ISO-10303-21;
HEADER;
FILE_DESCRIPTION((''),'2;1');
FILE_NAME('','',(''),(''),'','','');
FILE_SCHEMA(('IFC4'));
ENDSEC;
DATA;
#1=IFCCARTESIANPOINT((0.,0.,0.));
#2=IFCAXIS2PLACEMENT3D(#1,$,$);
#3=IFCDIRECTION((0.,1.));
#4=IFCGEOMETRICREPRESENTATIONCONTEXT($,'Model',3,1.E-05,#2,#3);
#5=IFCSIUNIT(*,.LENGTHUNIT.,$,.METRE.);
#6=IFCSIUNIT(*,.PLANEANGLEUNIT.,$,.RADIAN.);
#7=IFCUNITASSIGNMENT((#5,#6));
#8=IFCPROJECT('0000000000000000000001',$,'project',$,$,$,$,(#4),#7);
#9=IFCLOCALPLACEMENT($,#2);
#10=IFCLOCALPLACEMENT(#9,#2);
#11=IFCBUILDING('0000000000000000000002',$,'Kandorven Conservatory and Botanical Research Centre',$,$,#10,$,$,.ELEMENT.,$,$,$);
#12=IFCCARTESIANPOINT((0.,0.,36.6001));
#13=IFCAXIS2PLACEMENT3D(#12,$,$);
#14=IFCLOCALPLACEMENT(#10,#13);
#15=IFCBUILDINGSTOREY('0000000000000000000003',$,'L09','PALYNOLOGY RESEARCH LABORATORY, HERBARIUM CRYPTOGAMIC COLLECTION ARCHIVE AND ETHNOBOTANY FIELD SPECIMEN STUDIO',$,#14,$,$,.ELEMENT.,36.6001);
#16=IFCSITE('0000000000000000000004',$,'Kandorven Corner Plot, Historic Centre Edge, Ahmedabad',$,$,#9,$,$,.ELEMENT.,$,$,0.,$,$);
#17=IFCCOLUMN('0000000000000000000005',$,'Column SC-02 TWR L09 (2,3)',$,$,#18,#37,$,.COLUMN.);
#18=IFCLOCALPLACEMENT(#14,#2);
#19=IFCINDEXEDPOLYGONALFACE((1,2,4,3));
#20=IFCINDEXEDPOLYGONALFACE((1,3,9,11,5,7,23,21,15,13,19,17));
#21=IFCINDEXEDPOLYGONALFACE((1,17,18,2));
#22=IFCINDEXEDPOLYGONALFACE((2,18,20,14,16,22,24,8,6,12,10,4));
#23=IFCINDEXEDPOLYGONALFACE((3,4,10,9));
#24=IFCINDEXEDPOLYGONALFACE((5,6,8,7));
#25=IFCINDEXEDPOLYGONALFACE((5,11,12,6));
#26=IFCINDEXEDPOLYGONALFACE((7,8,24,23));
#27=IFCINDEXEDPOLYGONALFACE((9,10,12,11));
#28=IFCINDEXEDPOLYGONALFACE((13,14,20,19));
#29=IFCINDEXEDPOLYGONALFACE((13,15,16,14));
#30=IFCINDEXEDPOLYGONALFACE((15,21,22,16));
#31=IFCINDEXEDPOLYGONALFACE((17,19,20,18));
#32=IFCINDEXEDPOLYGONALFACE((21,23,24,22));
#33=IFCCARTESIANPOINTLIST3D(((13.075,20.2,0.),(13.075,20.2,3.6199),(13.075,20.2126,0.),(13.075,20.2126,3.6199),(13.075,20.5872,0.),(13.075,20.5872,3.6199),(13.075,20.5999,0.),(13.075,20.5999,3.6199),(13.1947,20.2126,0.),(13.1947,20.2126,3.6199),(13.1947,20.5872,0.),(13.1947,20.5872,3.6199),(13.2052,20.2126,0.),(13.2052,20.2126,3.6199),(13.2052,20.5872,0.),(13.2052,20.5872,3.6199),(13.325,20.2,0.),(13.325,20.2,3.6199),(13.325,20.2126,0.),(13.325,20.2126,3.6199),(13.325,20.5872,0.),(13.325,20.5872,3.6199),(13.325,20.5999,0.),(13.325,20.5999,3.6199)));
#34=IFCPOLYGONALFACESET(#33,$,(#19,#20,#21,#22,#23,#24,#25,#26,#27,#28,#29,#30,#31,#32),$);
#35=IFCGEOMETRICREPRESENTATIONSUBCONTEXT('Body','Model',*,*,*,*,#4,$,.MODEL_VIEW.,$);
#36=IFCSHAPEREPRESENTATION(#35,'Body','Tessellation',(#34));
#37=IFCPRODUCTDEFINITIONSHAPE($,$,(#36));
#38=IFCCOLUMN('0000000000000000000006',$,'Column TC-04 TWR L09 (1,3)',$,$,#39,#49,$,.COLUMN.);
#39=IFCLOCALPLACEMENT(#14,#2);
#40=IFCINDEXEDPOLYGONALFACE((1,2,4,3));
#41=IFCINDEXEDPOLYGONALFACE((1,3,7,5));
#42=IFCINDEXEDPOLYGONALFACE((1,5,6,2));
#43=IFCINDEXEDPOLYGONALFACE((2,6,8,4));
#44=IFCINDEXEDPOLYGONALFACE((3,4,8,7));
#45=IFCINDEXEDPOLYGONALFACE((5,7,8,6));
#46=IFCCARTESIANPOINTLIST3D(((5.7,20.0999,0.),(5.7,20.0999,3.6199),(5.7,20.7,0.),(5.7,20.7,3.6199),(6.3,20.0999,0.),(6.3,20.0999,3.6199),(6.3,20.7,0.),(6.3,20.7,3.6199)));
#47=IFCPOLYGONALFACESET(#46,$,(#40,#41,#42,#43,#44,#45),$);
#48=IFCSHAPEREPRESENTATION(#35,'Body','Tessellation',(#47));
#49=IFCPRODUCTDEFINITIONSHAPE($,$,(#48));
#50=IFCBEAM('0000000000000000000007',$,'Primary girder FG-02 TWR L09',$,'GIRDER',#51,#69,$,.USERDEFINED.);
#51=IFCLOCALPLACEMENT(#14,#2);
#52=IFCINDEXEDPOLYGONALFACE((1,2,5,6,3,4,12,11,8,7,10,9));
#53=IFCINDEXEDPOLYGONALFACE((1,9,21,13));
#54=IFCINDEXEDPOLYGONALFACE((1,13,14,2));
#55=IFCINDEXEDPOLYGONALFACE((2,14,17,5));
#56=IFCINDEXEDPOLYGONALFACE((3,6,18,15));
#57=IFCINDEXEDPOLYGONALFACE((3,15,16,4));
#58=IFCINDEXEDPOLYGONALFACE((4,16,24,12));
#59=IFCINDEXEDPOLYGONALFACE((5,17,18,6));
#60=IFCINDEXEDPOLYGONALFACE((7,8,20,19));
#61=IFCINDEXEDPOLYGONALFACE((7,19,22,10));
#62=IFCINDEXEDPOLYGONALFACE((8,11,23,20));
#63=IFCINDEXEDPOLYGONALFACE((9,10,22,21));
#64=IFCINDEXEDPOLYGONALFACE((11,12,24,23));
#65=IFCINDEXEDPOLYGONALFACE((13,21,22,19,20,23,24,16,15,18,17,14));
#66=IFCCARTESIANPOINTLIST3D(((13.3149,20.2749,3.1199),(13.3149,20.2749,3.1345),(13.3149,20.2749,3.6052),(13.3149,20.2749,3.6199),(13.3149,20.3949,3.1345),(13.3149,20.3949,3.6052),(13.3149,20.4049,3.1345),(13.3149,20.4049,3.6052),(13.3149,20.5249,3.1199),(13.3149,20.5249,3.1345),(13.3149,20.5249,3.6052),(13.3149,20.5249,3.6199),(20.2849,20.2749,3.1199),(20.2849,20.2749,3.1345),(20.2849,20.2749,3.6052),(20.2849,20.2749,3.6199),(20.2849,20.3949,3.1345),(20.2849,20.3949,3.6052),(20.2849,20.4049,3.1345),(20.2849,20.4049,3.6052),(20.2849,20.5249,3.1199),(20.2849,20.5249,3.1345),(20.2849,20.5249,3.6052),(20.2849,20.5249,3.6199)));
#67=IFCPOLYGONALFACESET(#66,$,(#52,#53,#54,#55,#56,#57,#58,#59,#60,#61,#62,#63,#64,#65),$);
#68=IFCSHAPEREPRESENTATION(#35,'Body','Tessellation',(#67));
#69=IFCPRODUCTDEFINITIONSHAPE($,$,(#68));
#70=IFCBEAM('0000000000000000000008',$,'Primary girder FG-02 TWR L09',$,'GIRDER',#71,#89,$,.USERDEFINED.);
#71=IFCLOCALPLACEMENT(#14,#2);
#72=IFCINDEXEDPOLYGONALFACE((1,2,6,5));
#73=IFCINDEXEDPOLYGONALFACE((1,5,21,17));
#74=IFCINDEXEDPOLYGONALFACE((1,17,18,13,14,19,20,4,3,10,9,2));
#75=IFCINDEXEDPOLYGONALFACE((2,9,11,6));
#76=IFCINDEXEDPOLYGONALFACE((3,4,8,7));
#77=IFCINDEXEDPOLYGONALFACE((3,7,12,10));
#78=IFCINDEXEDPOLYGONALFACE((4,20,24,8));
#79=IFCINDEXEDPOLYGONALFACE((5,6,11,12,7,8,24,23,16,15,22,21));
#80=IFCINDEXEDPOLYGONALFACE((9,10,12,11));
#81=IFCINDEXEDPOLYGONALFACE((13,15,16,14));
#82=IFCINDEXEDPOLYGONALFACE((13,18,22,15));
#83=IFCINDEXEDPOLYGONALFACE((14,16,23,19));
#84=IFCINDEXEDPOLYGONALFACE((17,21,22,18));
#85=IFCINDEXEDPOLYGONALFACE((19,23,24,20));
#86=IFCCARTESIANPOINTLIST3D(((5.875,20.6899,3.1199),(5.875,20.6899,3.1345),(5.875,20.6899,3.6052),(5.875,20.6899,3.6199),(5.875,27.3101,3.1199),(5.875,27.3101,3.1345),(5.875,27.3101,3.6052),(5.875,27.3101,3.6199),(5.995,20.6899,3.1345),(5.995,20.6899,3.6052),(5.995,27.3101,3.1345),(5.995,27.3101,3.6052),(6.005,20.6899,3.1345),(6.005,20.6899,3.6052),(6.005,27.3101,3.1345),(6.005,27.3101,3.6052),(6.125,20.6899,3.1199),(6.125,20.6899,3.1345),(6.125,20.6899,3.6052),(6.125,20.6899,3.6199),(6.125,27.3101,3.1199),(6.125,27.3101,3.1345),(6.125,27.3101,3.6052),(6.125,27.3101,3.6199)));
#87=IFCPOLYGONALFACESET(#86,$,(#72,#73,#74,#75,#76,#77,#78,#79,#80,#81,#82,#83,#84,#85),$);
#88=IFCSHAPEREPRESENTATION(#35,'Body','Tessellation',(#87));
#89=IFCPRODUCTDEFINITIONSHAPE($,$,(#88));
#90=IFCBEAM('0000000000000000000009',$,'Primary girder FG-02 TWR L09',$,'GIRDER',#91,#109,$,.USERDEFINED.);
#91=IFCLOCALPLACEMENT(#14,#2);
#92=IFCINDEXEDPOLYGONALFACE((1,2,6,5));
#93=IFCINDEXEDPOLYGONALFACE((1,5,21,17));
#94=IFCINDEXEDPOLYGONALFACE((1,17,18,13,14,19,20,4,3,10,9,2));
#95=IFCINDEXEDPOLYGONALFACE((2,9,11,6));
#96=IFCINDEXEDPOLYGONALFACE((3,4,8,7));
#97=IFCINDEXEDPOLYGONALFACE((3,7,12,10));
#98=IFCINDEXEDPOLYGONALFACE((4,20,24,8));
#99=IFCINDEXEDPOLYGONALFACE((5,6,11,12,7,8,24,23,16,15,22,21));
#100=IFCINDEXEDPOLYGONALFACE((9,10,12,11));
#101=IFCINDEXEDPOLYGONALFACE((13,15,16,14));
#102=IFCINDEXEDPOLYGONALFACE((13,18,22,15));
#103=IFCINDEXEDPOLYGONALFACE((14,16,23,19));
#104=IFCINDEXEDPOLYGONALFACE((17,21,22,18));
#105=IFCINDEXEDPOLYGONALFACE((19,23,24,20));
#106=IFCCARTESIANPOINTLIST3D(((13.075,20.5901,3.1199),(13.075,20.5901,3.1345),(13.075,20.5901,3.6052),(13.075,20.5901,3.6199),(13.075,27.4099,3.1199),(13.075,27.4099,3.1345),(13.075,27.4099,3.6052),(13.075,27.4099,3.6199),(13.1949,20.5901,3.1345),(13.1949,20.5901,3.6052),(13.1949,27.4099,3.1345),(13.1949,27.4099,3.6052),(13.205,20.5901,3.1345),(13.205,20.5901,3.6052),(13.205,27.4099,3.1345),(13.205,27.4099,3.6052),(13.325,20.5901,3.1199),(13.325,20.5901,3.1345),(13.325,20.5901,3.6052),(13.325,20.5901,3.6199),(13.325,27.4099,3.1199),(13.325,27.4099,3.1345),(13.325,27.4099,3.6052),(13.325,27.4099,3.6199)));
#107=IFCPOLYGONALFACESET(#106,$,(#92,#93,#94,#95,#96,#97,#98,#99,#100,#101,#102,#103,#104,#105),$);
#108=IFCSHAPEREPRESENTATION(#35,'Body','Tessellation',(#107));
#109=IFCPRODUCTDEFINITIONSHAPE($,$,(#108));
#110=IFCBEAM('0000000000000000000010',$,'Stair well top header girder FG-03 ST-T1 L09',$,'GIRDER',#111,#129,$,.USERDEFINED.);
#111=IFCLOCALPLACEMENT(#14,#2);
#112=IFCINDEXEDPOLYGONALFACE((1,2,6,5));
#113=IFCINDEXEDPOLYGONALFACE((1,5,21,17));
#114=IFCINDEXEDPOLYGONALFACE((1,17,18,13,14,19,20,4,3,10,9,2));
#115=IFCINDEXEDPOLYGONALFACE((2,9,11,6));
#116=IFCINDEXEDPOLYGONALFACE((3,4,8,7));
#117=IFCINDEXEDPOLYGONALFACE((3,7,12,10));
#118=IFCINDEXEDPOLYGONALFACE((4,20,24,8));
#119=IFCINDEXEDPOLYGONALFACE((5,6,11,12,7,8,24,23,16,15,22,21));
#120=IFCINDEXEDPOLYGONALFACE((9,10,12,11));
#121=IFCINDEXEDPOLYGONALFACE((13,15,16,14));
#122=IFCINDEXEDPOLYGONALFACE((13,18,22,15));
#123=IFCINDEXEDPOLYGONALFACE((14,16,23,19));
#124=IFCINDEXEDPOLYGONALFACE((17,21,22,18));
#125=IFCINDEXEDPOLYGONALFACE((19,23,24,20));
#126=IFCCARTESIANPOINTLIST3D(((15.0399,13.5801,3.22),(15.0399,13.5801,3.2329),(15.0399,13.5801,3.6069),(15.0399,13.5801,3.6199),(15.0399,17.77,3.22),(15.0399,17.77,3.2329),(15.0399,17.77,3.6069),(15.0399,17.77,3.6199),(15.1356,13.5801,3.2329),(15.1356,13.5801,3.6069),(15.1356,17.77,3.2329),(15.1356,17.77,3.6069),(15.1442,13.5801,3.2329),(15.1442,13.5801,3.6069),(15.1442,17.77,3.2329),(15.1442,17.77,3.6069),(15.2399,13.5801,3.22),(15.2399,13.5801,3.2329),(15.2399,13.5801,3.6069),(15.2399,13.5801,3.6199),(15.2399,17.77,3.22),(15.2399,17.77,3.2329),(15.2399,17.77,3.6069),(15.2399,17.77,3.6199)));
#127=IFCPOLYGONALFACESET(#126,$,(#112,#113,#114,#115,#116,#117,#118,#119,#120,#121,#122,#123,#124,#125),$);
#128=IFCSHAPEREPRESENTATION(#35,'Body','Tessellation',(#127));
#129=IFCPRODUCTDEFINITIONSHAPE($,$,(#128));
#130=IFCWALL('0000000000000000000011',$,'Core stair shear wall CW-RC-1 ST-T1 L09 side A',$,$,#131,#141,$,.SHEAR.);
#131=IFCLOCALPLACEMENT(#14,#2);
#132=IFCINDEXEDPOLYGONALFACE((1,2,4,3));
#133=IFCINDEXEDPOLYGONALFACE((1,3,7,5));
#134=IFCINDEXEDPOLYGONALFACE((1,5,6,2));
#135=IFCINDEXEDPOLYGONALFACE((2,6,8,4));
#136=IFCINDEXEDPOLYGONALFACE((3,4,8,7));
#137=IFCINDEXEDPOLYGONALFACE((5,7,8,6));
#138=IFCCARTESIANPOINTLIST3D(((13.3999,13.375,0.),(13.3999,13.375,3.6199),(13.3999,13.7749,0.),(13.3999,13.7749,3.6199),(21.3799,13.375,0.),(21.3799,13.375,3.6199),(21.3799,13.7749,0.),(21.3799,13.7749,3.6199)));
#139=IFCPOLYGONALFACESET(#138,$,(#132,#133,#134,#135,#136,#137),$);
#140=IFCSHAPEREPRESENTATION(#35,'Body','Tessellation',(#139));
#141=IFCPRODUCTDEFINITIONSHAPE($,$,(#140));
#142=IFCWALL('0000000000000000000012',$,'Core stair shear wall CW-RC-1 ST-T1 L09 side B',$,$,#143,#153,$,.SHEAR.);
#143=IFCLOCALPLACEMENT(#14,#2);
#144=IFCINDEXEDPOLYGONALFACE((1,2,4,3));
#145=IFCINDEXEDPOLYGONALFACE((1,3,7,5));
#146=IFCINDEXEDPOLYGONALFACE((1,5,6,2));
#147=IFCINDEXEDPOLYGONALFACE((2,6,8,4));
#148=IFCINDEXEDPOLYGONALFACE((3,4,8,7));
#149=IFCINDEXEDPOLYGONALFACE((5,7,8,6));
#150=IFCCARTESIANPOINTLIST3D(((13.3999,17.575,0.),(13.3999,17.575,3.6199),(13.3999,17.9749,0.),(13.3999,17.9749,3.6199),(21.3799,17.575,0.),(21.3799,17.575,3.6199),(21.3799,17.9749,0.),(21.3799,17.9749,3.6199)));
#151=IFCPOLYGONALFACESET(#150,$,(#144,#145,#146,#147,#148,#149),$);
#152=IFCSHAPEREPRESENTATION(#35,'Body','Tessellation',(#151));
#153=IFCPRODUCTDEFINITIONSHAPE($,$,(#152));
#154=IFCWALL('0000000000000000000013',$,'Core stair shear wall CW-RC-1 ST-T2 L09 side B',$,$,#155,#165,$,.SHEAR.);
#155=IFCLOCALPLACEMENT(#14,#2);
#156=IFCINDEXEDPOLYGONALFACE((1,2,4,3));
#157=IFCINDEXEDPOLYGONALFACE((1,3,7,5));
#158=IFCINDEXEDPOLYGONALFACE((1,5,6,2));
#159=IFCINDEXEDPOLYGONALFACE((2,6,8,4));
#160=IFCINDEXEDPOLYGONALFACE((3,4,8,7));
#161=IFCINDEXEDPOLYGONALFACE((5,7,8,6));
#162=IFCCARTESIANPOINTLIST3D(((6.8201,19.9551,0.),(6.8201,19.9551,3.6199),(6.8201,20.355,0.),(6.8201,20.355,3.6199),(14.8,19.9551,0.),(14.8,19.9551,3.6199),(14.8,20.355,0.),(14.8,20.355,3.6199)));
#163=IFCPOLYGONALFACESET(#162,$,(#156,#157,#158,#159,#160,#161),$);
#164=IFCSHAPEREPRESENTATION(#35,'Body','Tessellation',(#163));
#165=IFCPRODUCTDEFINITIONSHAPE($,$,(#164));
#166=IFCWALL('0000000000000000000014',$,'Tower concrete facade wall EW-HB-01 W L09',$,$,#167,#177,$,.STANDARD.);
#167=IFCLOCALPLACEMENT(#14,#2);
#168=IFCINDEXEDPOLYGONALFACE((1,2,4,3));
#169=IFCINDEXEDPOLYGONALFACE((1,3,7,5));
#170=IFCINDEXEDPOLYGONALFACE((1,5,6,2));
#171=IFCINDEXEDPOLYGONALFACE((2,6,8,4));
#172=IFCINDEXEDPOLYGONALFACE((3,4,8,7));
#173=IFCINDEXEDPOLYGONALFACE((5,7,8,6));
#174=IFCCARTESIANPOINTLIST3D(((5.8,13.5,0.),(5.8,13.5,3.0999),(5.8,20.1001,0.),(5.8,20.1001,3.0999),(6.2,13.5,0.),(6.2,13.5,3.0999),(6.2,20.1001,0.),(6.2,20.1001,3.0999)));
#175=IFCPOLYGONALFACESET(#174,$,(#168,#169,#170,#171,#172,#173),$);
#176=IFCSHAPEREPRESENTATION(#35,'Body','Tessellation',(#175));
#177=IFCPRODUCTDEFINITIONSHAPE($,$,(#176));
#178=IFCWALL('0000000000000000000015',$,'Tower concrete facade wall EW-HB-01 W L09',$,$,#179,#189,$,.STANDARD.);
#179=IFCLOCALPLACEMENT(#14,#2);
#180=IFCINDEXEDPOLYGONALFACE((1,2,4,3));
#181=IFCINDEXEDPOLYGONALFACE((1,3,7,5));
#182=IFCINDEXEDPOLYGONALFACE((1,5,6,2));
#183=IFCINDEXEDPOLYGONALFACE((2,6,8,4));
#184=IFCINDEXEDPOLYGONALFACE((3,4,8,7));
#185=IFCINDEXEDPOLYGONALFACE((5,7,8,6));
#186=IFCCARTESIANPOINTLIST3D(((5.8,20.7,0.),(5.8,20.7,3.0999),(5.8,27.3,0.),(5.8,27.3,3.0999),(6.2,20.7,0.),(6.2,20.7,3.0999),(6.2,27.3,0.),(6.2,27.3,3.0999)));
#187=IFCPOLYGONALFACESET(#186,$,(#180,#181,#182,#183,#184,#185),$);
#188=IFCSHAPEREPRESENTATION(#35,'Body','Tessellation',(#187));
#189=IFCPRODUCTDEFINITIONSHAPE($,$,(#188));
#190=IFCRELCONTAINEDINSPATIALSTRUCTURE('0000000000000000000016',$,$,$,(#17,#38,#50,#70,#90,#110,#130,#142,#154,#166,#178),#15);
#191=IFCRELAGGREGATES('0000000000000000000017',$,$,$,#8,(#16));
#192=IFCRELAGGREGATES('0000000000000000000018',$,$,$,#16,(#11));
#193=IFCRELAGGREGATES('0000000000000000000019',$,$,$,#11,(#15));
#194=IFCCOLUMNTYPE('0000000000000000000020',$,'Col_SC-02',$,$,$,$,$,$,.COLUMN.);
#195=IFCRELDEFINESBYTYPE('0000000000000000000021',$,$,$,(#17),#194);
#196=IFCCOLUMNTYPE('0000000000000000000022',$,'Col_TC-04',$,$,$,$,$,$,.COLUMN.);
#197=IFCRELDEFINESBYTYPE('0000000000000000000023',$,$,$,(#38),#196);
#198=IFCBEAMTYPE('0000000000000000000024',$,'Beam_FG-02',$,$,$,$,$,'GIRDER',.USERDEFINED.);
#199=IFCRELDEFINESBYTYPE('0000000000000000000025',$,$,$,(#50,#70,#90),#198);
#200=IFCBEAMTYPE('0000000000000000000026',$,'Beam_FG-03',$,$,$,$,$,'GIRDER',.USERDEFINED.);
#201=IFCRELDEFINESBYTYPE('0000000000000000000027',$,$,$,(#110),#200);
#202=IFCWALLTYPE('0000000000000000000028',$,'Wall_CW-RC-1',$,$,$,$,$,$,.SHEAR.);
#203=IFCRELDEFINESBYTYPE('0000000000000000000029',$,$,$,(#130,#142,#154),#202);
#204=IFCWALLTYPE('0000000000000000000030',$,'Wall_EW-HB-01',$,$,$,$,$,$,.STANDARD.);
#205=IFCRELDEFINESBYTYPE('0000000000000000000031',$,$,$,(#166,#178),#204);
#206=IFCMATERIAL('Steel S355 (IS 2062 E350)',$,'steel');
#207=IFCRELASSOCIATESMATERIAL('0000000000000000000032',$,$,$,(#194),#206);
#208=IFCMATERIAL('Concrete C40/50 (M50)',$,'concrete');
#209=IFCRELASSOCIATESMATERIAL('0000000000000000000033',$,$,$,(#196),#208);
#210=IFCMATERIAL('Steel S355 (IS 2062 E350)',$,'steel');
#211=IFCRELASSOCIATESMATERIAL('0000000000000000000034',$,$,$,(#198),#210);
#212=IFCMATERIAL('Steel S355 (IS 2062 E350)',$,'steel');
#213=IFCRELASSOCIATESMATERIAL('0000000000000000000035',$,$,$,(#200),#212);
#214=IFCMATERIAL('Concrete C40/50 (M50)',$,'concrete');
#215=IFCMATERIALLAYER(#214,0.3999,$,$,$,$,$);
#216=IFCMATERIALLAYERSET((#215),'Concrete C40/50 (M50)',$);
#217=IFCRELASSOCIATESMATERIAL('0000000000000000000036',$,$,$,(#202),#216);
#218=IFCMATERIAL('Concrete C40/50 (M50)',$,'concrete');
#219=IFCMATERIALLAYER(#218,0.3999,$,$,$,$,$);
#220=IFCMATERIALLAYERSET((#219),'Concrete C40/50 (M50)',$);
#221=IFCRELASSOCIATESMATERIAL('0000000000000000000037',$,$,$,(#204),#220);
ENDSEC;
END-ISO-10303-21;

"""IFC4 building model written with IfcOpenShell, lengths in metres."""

from ifc_helpers import new_model, si_unit, direction, frame, frame_2d, origin, origin_2d, place, context, subcontext, project, spatial, rectangle, i_section, extrude, material, layer, layer_set, material_profile, profile_set, type_object, element, save


model = new_model("IFC4")

# Units and contexts
model_context = context("Model", 3, precision=1e-05, world=origin(), true_north=direction((0.0, 1.0)))
body_context = subcontext(model_context, "Body", "Model", "MODEL_VIEW")
ifc_project = project(units=[si_unit("LENGTHUNIT", "METRE"), si_unit("PLANEANGLEUNIT", "RADIAN")], contexts=[model_context])

# Site, building, storey
site_placement = place(None, origin())
site = spatial("IfcSite", under=ifc_project, at=site_placement, Name="Kandorven Corner Plot, Historic Centre Edge, Ahmedabad", CompositionType="ELEMENT", RefElevation=0.0)
building_placement = place(site_placement, origin())
building = spatial("IfcBuilding", under=site, at=building_placement, Name="Kandorven Conservatory and Botanical Research Centre", CompositionType="ELEMENT")
storey_placement = place(building_placement, frame((0.0, 0.0, 36.6001)))
storey = spatial("IfcBuildingStorey", under=building, at=storey_placement, Name="L09", Description="PALYNOLOGY RESEARCH LABORATORY, HERBARIUM CRYPTOGAMIC COLLECTION ARCHIVE AND ETHNOBOTANY FIELD SPECIMEN STUDIO", CompositionType="ELEMENT", Elevation=36.6001)

# Columns
ifc_material_1 = material(Name="Steel S355 (IS 2062 E350)", Category="steel")
ifc_material_profile_1 = material_profile(ifc_material_1, i_section(OverallWidth=0.25, OverallDepth=0.3999, WebThickness=0.0105, FlangeThickness=0.0127, at=origin_2d()))
ifc_profile_set_1 = profile_set([ifc_material_profile_1], Name="Steel S355 (IS 2062 E350)")
column_type_1 = type_object("IfcColumnType", Name="Col_SC-02", PredefinedType="COLUMN", material=ifc_profile_set_1)
column_1_placement = place(storey_placement, frame((13.2, 20.3999, 0.0), z_axis=(0.0, 0.0, 1.0), x_axis=(1.0, 0.0, 0.0)))
element("IfcColumn", 1, at=column_1_placement, inside=storey, type_object=column_type_1, Name="Column SC-02 TWR L09 (2,3)", PredefinedType="COLUMN", context=body_context, shape_type="SweptSolid", body=[
    extrude(i_section(OverallWidth=0.25, OverallDepth=0.3999, WebThickness=0.0105, FlangeThickness=0.0127, at=origin_2d()), origin(), (0.0, 0.0, 1.0), 3.6199),
])
ifc_material_2 = material(Name="Concrete C40/50 (M50)", Category="concrete")
ifc_material_profile_2 = material_profile(ifc_material_2, rectangle(XDim=0.6001, YDim=0.6001, at=origin_2d()))
ifc_profile_set_2 = profile_set([ifc_material_profile_2], Name="Concrete C40/50 (M50)")
column_type_2 = type_object("IfcColumnType", Name="Col_TC-04", PredefinedType="COLUMN", material=ifc_profile_set_2)
column_2_placement = place(storey_placement, frame((6.0, 20.3999, 0.0), z_axis=(0.0, 0.0, 1.0), x_axis=(1.0, 0.0, 0.0)))
element("IfcColumn", 2, at=column_2_placement, inside=storey, type_object=column_type_2, Name="Column TC-04 TWR L09 (1,3)", PredefinedType="COLUMN", context=body_context, shape_type="SweptSolid", body=[
    extrude(rectangle(XDim=0.6001, YDim=0.6001, at=origin_2d()), origin(), (0.0, 0.0, 1.0), 3.6199),
])

# Beams
ifc_material_3 = material(Name="Steel S355 (IS 2062 E350)", Category="steel")
ifc_material_profile_3 = material_profile(ifc_material_3, i_section(OverallWidth=0.25, OverallDepth=0.5, WebThickness=0.01, FlangeThickness=0.0146, at=origin_2d()))
ifc_profile_set_3 = profile_set([ifc_material_profile_3], Name="Steel S355 (IS 2062 E350)")
beam_type_1 = type_object("IfcBeamType", Name="Beam_FG-02", ElementType="GIRDER", PredefinedType="USERDEFINED", material=ifc_profile_set_3)
beam_1_placement = place(storey_placement, frame((13.3149, 20.3999, 3.3699), z_axis=(1.0, 0.0, 0.0), x_axis=(0.0, 1.0, 0.0)))
element("IfcBeam", 3, at=beam_1_placement, inside=storey, type_object=beam_type_1, Name="Primary girder FG-02 TWR L09", ObjectType="GIRDER", PredefinedType="USERDEFINED", context=body_context, shape_type="SweptSolid", body=[
    extrude(i_section(OverallWidth=0.25, OverallDepth=0.5, WebThickness=0.01, FlangeThickness=0.0146, at=origin_2d()), origin(), (0.0, 0.0, 1.0), 6.97),
])
beam_2_placement = place(storey_placement, frame((6.0, 20.6899, 3.3699), z_axis=(0.0, 1.0, 0.0), x_axis=(-1.0, 0.0, 0.0)))
element("IfcBeam", 4, at=beam_2_placement, inside=storey, type_object=beam_type_1, Name="Primary girder FG-02 TWR L09", ObjectType="GIRDER", PredefinedType="USERDEFINED", context=body_context, shape_type="SweptSolid", body=[
    extrude(i_section(OverallWidth=0.25, OverallDepth=0.5, WebThickness=0.01, FlangeThickness=0.0146, at=origin_2d()), origin(), (0.0, 0.0, 1.0), 6.6201),
])
beam_3_placement = place(storey_placement, frame((13.2, 20.5901, 3.3699), z_axis=(0.0, 1.0, 0.0), x_axis=(-1.0, 0.0, 0.0)))
element("IfcBeam", 5, at=beam_3_placement, inside=storey, type_object=beam_type_1, Name="Primary girder FG-02 TWR L09", ObjectType="GIRDER", PredefinedType="USERDEFINED", context=body_context, shape_type="SweptSolid", body=[
    extrude(i_section(OverallWidth=0.25, OverallDepth=0.5, WebThickness=0.01, FlangeThickness=0.0146, at=origin_2d()), origin(), (0.0, 0.0, 1.0), 6.8198),
])
ifc_material_4 = material(Name="Steel S355 (IS 2062 E350)", Category="steel")
ifc_material_profile_4 = material_profile(ifc_material_4, i_section(OverallWidth=0.2, OverallDepth=0.3999, WebThickness=0.0085, FlangeThickness=0.0129, at=origin_2d()))
ifc_profile_set_4 = profile_set([ifc_material_profile_4], Name="Steel S355 (IS 2062 E350)")
beam_type_2 = type_object("IfcBeamType", Name="Beam_FG-03", ElementType="GIRDER", PredefinedType="USERDEFINED", material=ifc_profile_set_4)
beam_4_placement = place(storey_placement, frame((15.1399, 13.5801, 3.4199), z_axis=(0.0, 1.0, 0.0), x_axis=(-1.0, 0.0, 0.0)))
element("IfcBeam", 6, at=beam_4_placement, inside=storey, type_object=beam_type_2, Name="Stair well top header girder FG-03 ST-T1 L09", ObjectType="GIRDER", PredefinedType="USERDEFINED", context=body_context, shape_type="SweptSolid", body=[
    extrude(i_section(OverallWidth=0.2, OverallDepth=0.3999, WebThickness=0.0085, FlangeThickness=0.0129, at=origin_2d()), origin(), (0.0, 0.0, 1.0), 4.1899),
])

# Walls
ifc_material_5 = material(Name="Concrete C40/50 (M50)", Category="concrete")
ifc_layer_1 = layer(ifc_material_5, 0.3999)
ifc_layer_set_1 = layer_set([ifc_layer_1], Name="Concrete C40/50 (M50)")
wall_type_1 = type_object("IfcWallType", Name="Wall_CW-RC-1", PredefinedType="SHEAR", material=ifc_layer_set_1)
for number, where, z_axis, x_axis, name in (
    (7, (13.3999, 13.575, 0.0), (0.0, 0.0, 1.0), (1.0, 0.0, 0.0), "Core stair shear wall CW-RC-1 ST-T1 L09 side A"),
    (8, (13.3999, 17.7749, 0.0), (0.0, 0.0, 1.0), (1.0, 0.0, 0.0), "Core stair shear wall CW-RC-1 ST-T1 L09 side B"),
    (9, (14.8, 20.155, 0.0), (0.0, 0.0, 1.0), (-1.0, 0.0, 0.0), "Core stair shear wall CW-RC-1 ST-T2 L09 side B"),
):
    element("IfcWall", number, at=place(storey_placement, frame(where, z_axis=z_axis, x_axis=x_axis)), inside=storey, type_object=wall_type_1, Name=name, PredefinedType="SHEAR", context=body_context, shape_type="SweptSolid", body=[
        extrude(rectangle(XDim=7.98, YDim=0.3999, at=frame_2d((3.99, 0.0))), origin(), (0.0, 0.0, 1.0), 3.6199),
    ])
ifc_material_6 = material(Name="Concrete C40/50 (M50)", Category="concrete")
ifc_layer_2 = layer(ifc_material_6, 0.3999)
ifc_layer_set_2 = layer_set([ifc_layer_2], Name="Concrete C40/50 (M50)")
wall_type_2 = type_object("IfcWallType", Name="Wall_EW-HB-01", PredefinedType="STANDARD", material=ifc_layer_set_2)
for number, where, z_axis, x_axis, name in (
    (10, (6.0, 13.5, 0.0), (0.0, 0.0, 1.0), (0.0, 1.0, 0.0), "Tower concrete facade wall EW-HB-01 W L09"),
    (11, (6.0, 20.7, 0.0), (0.0, 0.0, 1.0), (0.0, 1.0, 0.0), "Tower concrete facade wall EW-HB-01 W L09"),
):
    element("IfcWall", number, at=place(storey_placement, frame(where, z_axis=z_axis, x_axis=x_axis)), inside=storey, type_object=wall_type_2, Name=name, PredefinedType="STANDARD", context=body_context, shape_type="SweptSolid", body=[
        extrude(rectangle(XDim=6.6001, YDim=0.3999, at=frame_2d((3.3, 0.0))), origin(), (0.0, 0.0, 1.0), 3.0999),
    ])

save(model, "model.ifc")
